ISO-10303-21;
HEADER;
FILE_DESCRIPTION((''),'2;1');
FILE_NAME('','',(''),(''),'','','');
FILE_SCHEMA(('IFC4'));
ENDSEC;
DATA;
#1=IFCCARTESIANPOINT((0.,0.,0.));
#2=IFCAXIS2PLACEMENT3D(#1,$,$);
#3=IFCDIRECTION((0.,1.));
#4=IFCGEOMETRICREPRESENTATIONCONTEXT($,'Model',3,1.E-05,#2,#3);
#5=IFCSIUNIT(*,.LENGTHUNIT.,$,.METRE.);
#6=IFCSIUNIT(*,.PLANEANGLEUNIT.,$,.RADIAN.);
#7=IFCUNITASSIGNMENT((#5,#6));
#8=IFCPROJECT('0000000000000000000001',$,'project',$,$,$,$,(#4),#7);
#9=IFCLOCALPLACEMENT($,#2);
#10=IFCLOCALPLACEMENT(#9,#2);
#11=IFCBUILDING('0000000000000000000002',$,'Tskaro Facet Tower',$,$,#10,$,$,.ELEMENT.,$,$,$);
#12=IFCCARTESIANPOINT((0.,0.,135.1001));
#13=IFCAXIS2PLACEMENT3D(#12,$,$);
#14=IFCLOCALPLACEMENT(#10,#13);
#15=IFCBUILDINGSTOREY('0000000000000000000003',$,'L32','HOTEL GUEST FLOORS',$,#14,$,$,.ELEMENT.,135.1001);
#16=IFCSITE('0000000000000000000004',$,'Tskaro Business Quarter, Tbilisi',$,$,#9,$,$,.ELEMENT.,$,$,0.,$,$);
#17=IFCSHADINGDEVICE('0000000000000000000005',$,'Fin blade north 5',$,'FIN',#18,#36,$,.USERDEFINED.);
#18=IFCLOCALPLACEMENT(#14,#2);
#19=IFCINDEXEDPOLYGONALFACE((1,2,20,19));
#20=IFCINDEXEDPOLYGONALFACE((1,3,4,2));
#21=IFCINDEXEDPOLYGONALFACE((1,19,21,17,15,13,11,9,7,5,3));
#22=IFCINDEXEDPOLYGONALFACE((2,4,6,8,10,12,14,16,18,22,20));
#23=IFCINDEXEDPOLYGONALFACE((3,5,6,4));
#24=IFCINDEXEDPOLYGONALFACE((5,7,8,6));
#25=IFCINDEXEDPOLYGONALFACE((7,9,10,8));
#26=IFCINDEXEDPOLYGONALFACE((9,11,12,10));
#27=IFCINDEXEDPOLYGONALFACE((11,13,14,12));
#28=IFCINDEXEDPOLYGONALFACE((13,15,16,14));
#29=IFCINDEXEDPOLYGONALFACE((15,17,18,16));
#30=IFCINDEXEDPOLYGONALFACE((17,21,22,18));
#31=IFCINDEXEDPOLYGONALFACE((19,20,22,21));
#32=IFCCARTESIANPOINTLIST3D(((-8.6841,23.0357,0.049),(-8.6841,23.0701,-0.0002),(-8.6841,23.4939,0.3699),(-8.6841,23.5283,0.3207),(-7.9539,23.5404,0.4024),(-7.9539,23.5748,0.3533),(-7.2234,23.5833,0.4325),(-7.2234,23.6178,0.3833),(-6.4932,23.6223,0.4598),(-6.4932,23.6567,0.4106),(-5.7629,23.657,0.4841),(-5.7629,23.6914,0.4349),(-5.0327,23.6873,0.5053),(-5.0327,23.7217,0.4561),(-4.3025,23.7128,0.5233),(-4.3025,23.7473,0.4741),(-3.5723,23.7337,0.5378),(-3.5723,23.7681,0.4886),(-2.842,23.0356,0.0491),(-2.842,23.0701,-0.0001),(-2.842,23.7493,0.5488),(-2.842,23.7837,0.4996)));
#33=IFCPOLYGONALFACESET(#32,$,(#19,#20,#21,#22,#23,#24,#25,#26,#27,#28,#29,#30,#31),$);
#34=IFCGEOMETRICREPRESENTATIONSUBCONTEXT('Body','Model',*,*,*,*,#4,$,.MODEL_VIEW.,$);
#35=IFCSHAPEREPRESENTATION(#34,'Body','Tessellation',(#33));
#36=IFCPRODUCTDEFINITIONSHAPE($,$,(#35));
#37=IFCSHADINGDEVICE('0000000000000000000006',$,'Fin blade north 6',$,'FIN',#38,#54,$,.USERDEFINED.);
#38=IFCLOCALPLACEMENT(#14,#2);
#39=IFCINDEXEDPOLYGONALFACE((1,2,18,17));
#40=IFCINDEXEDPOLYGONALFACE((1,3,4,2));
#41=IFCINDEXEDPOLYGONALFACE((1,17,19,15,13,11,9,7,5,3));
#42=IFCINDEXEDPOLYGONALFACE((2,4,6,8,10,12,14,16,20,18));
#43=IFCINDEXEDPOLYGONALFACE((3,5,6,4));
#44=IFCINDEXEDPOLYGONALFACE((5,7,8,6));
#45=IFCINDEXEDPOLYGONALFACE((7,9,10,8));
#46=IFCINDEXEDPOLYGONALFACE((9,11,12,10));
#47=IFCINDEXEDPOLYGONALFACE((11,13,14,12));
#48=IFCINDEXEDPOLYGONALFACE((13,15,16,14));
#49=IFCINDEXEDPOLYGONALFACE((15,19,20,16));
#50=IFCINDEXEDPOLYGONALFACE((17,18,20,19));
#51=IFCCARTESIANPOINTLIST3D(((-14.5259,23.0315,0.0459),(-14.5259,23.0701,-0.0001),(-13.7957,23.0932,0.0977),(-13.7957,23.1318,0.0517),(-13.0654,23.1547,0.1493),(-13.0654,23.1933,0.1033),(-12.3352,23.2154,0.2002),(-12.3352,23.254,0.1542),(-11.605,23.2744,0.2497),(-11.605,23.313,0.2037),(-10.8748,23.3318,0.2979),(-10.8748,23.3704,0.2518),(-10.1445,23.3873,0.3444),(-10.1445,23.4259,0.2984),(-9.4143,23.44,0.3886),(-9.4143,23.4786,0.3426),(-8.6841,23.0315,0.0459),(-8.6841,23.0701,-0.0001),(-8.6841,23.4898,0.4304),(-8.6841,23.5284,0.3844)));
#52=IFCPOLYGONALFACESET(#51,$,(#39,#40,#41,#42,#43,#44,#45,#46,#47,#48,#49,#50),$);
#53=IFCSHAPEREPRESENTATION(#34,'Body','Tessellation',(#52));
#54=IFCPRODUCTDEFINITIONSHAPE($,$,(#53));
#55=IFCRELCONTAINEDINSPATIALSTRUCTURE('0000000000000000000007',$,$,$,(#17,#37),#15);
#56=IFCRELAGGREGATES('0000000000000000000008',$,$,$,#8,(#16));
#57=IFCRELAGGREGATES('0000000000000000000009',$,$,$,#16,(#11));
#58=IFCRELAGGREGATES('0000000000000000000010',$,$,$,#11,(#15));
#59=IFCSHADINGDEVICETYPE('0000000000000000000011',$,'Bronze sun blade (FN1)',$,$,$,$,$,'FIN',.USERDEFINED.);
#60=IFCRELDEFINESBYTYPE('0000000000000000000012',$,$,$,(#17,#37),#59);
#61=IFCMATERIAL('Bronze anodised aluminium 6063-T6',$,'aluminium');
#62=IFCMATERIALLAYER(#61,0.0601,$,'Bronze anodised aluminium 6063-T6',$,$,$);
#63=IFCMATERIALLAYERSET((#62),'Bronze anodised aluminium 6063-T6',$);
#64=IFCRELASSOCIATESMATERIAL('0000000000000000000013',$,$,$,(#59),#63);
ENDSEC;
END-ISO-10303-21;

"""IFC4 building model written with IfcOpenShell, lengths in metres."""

from ifc_helpers import new_model, si_unit, direction, frame, origin, place, context, subcontext, project, spatial, polyline, outline, extrude, material, layer, layer_set, type_object, element, save


model = new_model("IFC4")

# Units and contexts
model_context = context("Model", 3, precision=1e-05, world=origin(), true_north=direction((0.0, 1.0)))
body_context = subcontext(model_context, "Body", "Model", "MODEL_VIEW")
ifc_project = project(units=[si_unit("LENGTHUNIT", "METRE"), si_unit("PLANEANGLEUNIT", "RADIAN")], contexts=[model_context])

# Site, building, storey
site_placement = place(None, origin())
site = spatial("IfcSite", under=ifc_project, at=site_placement, Name="Tskaro Business Quarter, Tbilisi", CompositionType="ELEMENT", RefElevation=0.0)
building_placement = place(site_placement, origin())
building = spatial("IfcBuilding", under=site, at=building_placement, Name="Tskaro Facet Tower", CompositionType="ELEMENT")
storey_placement = place(building_placement, frame((0.0, 0.0, 135.1001)))
storey = spatial("IfcBuildingStorey", under=building, at=storey_placement, Name="L32", Description="HOTEL GUEST FLOORS", CompositionType="ELEMENT", Elevation=135.1001)

# Shared definitions
ifc_material_1 = material(Name="Bronze anodised aluminium 6063-T6", Category="aluminium")

# Shading devices
ifc_layer_1 = layer(ifc_material_1, 0.0601, Name="Bronze anodised aluminium 6063-T6")
ifc_layer_set_1 = layer_set([ifc_layer_1], Name="Bronze anodised aluminium 6063-T6")
shading_device_type = type_object("IfcShadingDeviceType", Name="Bronze sun blade (FN1)", ElementType="FIN", PredefinedType="USERDEFINED", material=ifc_layer_set_1)
shading_device_1_placement = place(storey_placement, frame((-2.842, 23.0356, 0.0491), z_axis=(-0.000009, -0.573586, 0.819145), x_axis=(-1.0, 0.000005, -0.000007)))
element("IfcShadingDevice", 1, at=shading_device_1_placement, inside=storey, type_object=shading_device_type, Name="Fin blade north 5", ObjectType="FIN", PredefinedType="USERDEFINED", context=body_context, shape_type="SweptSolid", body=[
    extrude(outline(polyline([(0.0, 0.0), (5.842, 0.0), (5.842, -0.5594), (5.1118, -0.6161), (4.3813, -0.6686), (3.6511, -0.7161), (2.9209, -0.7585), (2.1907, -0.7955), (1.4604, -0.8267), (0.7302, -0.8521), (0.0, -0.8712), (0.0, 0.0)])), origin(), (0.0, 0.0, -1.0), 0.0601),
])
shading_device_2_placement = place(storey_placement, frame((-8.6841, 23.0315, 0.0459), z_axis=(-0.000003, -0.642773, 0.766057), x_axis=(-1.0, 0.000002, -0.000002)))
element("IfcShadingDevice", 2, at=shading_device_2_placement, inside=storey, type_object=shading_device_type, Name="Fin blade north 6", ObjectType="FIN", PredefinedType="USERDEFINED", context=body_context, shape_type="SweptSolid", body=[
    extrude(outline(polyline([(0.0, 0.0), (5.8418, 0.0), (5.1116, -0.0806), (4.3813, -0.1608), (3.6511, -0.24), (2.9209, -0.3171), (2.1907, -0.392), (1.4604, -0.4644), (0.7302, -0.5332), (0.0, -0.5982), (0.0, 0.0)])), origin(), (0.0, 0.0, -1.0), 0.0601),
])

save(model, "model.ifc")
